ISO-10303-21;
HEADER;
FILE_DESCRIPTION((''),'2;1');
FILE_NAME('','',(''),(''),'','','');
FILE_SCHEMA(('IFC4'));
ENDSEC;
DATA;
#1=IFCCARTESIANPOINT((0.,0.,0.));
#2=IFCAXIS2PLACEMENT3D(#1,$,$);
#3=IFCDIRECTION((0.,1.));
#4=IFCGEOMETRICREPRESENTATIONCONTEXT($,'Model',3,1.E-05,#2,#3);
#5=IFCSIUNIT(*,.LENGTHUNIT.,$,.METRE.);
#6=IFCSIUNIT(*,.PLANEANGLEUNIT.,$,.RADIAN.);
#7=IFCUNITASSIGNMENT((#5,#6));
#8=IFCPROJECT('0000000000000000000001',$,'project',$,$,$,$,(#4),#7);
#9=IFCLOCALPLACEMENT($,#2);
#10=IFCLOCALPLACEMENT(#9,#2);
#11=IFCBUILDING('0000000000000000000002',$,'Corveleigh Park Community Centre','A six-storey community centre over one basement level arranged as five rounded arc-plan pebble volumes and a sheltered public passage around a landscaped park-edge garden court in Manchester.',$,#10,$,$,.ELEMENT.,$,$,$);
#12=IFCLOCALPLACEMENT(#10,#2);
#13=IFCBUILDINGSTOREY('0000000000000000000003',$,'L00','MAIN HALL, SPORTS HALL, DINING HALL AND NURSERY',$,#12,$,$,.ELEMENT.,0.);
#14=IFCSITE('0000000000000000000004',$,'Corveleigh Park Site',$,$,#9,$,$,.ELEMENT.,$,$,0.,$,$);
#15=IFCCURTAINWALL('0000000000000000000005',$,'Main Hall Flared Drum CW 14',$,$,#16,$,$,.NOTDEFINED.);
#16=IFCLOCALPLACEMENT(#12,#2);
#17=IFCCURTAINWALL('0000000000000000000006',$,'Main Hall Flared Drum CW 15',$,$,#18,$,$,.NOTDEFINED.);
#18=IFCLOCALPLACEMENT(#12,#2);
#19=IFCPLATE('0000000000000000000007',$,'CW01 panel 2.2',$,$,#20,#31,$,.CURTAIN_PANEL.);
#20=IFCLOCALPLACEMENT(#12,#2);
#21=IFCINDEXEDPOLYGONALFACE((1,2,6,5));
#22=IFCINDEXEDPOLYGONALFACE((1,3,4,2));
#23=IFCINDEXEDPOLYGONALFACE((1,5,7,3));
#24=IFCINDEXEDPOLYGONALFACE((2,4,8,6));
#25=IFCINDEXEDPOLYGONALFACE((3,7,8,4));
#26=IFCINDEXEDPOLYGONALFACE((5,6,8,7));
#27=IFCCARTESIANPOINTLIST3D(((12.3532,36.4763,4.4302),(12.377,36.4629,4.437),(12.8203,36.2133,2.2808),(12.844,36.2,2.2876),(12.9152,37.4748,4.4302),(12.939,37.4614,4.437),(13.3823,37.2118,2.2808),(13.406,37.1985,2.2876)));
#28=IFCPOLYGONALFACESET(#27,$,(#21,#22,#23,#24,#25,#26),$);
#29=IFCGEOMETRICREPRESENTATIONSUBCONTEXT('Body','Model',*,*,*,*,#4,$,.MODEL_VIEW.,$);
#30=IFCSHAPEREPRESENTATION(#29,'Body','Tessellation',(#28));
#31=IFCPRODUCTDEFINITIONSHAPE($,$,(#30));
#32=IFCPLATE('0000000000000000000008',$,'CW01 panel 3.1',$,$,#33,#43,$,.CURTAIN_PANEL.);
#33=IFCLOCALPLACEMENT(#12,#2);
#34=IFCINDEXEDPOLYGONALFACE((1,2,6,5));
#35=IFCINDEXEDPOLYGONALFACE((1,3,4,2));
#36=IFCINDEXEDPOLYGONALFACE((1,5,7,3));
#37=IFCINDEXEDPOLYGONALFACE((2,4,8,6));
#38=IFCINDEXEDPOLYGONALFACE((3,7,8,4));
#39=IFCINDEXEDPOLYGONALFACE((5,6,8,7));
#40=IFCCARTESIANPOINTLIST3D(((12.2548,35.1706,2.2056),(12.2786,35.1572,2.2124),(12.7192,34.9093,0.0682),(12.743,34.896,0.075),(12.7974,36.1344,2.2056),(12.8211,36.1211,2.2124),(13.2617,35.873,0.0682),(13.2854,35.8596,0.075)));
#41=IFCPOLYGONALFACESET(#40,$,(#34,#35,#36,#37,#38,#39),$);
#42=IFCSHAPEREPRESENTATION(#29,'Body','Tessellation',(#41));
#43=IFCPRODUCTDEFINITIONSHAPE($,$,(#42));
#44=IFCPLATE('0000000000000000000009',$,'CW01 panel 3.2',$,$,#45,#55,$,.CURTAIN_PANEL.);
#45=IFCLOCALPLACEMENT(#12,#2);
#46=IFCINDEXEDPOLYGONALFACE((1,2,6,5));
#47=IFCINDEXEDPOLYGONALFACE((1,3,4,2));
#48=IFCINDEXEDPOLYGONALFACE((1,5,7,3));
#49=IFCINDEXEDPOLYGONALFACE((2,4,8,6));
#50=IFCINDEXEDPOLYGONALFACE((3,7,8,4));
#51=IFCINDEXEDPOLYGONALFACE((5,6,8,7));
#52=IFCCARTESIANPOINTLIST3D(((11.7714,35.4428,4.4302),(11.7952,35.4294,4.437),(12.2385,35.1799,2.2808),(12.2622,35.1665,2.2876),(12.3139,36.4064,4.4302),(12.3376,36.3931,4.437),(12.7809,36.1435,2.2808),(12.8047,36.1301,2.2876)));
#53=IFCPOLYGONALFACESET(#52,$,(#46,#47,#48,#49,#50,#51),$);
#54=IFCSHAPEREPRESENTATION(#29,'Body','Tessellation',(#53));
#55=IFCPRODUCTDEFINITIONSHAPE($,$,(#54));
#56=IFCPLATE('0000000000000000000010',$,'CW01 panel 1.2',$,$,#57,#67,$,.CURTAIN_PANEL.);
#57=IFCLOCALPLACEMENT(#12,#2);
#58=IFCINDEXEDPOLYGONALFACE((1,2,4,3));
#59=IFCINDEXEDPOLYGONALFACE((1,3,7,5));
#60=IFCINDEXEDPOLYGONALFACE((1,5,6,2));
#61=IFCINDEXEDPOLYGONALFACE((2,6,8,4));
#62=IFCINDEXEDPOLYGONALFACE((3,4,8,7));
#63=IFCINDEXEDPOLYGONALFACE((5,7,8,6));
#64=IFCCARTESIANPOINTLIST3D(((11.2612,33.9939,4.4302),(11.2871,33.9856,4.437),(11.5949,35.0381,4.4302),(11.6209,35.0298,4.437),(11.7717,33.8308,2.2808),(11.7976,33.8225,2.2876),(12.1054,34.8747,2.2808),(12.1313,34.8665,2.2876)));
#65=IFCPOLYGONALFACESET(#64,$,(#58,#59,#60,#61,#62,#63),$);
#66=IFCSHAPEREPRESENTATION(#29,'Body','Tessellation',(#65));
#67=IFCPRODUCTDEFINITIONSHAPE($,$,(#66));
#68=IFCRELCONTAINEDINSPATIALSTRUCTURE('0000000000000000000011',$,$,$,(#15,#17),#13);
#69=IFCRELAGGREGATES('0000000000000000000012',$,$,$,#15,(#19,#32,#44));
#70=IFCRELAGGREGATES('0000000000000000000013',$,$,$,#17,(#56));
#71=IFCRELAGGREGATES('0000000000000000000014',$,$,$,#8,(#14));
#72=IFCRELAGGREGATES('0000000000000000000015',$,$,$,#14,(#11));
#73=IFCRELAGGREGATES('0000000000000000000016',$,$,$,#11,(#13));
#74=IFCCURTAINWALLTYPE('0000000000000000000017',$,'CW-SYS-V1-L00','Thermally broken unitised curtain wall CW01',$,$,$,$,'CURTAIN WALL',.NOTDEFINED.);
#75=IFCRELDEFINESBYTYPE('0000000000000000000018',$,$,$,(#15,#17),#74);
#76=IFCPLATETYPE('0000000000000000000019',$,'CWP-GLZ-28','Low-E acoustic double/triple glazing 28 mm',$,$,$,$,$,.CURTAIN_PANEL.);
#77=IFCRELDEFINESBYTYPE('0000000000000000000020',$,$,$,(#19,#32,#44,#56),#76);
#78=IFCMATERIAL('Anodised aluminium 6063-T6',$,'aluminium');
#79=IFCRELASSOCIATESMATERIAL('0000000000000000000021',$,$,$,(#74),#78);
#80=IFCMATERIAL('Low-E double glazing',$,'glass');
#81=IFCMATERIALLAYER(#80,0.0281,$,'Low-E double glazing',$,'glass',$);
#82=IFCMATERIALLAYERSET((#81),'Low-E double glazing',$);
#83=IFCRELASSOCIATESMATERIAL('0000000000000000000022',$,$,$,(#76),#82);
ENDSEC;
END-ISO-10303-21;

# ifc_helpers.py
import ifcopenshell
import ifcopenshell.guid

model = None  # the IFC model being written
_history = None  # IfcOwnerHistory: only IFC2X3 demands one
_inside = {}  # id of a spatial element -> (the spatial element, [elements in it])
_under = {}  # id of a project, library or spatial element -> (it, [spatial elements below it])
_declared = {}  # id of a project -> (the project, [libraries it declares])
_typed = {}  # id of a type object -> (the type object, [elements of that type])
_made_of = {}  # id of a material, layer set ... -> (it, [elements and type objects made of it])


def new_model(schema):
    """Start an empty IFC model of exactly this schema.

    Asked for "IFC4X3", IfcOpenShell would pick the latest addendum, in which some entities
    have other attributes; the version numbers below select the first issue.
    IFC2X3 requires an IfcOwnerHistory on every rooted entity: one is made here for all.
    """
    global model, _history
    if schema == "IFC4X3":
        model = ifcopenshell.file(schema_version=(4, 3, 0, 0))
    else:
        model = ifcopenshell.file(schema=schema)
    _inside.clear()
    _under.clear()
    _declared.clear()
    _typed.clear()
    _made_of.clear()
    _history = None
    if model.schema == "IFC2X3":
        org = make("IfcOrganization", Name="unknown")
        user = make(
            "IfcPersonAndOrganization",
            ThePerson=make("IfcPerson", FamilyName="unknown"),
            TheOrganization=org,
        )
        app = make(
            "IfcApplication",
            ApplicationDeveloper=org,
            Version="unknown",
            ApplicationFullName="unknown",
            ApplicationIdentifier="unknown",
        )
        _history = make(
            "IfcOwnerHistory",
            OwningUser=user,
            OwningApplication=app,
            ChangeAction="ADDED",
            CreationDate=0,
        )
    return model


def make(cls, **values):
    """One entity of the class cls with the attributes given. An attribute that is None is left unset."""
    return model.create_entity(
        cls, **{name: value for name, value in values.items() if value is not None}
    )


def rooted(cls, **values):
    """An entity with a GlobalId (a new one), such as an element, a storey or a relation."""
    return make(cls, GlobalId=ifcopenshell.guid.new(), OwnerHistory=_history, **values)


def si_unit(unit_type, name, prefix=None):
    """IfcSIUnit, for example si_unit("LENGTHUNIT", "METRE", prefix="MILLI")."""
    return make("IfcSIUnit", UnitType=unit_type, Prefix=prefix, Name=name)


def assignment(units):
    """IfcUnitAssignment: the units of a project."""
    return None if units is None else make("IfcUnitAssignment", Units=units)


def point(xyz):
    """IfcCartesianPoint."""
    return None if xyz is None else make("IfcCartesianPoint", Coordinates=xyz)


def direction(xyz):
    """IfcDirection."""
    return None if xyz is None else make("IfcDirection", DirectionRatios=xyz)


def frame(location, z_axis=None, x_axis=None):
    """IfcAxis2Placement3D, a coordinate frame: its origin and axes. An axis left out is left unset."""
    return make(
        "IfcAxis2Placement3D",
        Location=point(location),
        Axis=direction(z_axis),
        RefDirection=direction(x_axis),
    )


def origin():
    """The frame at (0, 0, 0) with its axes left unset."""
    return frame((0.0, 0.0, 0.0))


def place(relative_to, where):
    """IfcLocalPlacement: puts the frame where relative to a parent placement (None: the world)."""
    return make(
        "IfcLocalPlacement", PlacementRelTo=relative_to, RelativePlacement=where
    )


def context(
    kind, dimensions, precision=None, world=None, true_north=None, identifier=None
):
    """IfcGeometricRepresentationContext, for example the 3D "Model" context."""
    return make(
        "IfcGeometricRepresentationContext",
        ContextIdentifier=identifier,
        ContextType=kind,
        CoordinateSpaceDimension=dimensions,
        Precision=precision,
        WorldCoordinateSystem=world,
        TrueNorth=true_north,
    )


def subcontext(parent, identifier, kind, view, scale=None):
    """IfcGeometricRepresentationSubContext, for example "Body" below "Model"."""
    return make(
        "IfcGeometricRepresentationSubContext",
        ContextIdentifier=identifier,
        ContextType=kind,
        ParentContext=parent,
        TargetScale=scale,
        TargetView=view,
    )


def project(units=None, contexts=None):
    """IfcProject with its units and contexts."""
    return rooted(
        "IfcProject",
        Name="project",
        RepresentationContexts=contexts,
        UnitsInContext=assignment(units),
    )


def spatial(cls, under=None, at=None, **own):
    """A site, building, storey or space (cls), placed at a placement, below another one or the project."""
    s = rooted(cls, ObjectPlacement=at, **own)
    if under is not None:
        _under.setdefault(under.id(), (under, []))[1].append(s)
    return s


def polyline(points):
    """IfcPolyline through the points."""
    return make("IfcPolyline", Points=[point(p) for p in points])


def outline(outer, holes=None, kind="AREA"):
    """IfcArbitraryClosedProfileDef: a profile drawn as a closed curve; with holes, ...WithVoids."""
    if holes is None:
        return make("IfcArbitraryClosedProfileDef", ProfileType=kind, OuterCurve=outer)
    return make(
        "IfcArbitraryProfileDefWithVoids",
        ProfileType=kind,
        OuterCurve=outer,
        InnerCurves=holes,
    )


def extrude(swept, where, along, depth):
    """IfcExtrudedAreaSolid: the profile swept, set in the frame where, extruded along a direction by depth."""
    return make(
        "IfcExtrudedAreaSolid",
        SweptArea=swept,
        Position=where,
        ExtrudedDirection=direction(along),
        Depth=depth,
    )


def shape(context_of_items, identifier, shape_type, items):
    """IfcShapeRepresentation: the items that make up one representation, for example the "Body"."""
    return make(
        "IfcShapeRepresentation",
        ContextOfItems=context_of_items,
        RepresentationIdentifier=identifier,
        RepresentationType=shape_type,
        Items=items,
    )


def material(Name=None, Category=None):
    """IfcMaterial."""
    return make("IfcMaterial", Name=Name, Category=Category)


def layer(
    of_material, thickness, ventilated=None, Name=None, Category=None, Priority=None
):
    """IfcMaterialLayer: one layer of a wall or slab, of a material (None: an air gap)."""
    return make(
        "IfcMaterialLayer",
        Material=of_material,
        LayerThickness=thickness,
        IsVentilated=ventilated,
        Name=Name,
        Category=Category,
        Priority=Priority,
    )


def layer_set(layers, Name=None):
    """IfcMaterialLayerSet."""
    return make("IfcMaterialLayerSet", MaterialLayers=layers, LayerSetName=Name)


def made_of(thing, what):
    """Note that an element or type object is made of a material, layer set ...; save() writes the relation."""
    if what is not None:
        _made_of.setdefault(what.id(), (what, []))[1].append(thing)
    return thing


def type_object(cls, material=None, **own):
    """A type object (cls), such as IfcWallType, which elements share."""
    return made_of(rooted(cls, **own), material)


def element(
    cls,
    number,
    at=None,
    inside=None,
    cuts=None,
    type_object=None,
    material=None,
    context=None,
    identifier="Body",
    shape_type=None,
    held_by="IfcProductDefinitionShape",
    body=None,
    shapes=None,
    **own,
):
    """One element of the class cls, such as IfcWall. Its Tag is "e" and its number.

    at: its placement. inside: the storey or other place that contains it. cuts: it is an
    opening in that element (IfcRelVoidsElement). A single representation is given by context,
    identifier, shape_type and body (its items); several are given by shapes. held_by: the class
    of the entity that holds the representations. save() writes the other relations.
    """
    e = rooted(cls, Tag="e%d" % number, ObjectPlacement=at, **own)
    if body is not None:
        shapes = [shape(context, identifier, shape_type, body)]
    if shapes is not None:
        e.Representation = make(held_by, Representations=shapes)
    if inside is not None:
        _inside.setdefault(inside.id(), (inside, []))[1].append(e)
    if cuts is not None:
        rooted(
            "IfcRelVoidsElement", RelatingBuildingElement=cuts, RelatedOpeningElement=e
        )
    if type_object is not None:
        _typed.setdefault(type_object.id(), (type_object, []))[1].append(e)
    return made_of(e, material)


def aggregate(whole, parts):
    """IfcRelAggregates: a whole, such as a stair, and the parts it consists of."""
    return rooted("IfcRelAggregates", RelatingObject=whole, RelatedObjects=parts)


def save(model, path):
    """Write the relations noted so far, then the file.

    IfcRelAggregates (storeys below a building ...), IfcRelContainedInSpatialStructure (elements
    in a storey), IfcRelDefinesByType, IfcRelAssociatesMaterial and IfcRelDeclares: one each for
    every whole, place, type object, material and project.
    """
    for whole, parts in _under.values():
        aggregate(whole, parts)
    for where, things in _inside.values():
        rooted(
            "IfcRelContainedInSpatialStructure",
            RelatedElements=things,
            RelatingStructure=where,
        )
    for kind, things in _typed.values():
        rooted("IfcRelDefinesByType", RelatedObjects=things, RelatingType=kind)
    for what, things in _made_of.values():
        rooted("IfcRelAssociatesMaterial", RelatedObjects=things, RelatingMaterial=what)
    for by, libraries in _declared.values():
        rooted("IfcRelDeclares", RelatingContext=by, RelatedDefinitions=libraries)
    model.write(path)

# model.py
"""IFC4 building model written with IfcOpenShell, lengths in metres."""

from ifc_helpers import new_model, si_unit, direction, frame, origin, place, context, subcontext, project, spatial, polyline, outline, extrude, material, layer, layer_set, type_object, element, aggregate, save


model = new_model("IFC4")

# Units and contexts
model_context = context("Model", 3, precision=1e-05, world=origin(), true_north=direction((0.0, 1.0)))
body_context = subcontext(model_context, "Body", "Model", "MODEL_VIEW")
ifc_project = project(units=[si_unit("LENGTHUNIT", "METRE"), si_unit("PLANEANGLEUNIT", "RADIAN")], contexts=[model_context])

# Site, building, storey
site_placement = place(None, origin())
site = spatial("IfcSite", under=ifc_project, at=site_placement, Name="Corveleigh Park Site", CompositionType="ELEMENT", RefElevation=0.0)
building_placement = place(site_placement, origin())
building = spatial("IfcBuilding", under=site, at=building_placement, Name="Corveleigh Park Community Centre", Description="A six-storey community centre over one basement level arranged as five rounded arc-plan pebble volumes and a sheltered public passage around a landscaped park-edge garden court in Manchester.", CompositionType="ELEMENT")
storey_placement = place(building_placement, origin())
storey = spatial("IfcBuildingStorey", under=building, at=storey_placement, Name="L00", Description="MAIN HALL, SPORTS HALL, DINING HALL AND NURSERY", CompositionType="ELEMENT", Elevation=0.0)

# Curtain wall
ifc_material_1 = material(Name="Anodised aluminium 6063-T6", Category="aluminium")
curtain_wall_type = type_object("IfcCurtainWallType", Name="CW-SYS-V1-L00", Description="Thermally broken unitised curtain wall CW01", ElementType="CURTAIN WALL", PredefinedType="NOTDEFINED", material=ifc_material_1)
curtain_wall_1_placement = place(storey_placement, origin())
curtain_wall_1 = element("IfcCurtainWall", 1, at=curtain_wall_1_placement, inside=storey, type_object=curtain_wall_type, Name="Main Hall Flared Drum CW 14", PredefinedType="NOTDEFINED")

# Curtain wall
curtain_wall_2_placement = place(storey_placement, origin())
curtain_wall_2 = element("IfcCurtainWall", 2, at=curtain_wall_2_placement, inside=storey, type_object=curtain_wall_type, Name="Main Hall Flared Drum CW 15", PredefinedType="NOTDEFINED")

# Plates
ifc_material_2 = material(Name="Low-E double glazing", Category="glass")
ifc_layer = layer(ifc_material_2, 0.0281, Name="Low-E double glazing", Category="glass")
ifc_layer_set = layer_set([ifc_layer], Name="Low-E double glazing")
plate_type = type_object("IfcPlateType", Name="CWP-GLZ-28", Description="Low-E acoustic double/triple glazing 28 mm", PredefinedType="CURTAIN_PANEL", material=ifc_layer_set)
plate_1_placement = place(storey_placement, frame((13.406, 37.1985, 2.2876), z_axis=(0.845559, -0.475911, 0.241948), x_axis=(-0.490484, -0.87145, 0.0)))
plate_1 = element("IfcPlate", 3, at=plate_1_placement, type_object=plate_type, Name="CW01 panel 2.2", PredefinedType="CURTAIN_PANEL", context=body_context, shape_type="SweptSolid", body=[
    extrude(outline(polyline([(0.0, 0.0), (1.1458, 0.0), (1.1458, -2.2152), (-0.0001, -2.2152), (0.0, 0.0)])), origin(), (0.0, 0.0, -1.0), 0.0281),
])
plate_2_placement = place(storey_placement, frame((13.2854, 35.8596, 0.075), z_axis=(0.845553, -0.475951, 0.24189), x_axis=(-0.490521, -0.87143, 0.000013)))
plate_2 = element("IfcPlate", 4, at=plate_2_placement, type_object=plate_type, Name="CW01 panel 3.1", PredefinedType="CURTAIN_PANEL", context=body_context, shape_type="SweptSolid", body=[
    extrude(outline(polyline([(0.0, 0.0), (1.1058, 0.0), (1.106, -2.2029), (-0.0001, -2.2029), (0.0, 0.0)])), origin(), (0.0, 0.0, -1.0), 0.0281),
])
plate_3_placement = place(storey_placement, frame((12.8047, 36.1301, 2.2876), z_axis=(0.845514, -0.47599, 0.241948), x_axis=(-0.490565, -0.871404, 0.0)))
plate_3 = element("IfcPlate", 5, at=plate_3_placement, type_object=plate_type, Name="CW01 panel 3.2", PredefinedType="CURTAIN_PANEL", context=body_context, shape_type="SweptSolid", body=[
    extrude(outline(polyline([(0.0, 0.0), (1.1058, 0.0), (1.1058, -2.2152), (0.0, -2.2152), (0.0, 0.0)])), origin(), (0.0, 0.0, -1.0), 0.0281),
])
aggregate(curtain_wall_1, [plate_1, plate_2, plate_3])
plate_4_placement = place(storey_placement, frame((12.1313, 34.8665, 2.2876), z_axis=(0.924221, -0.295431, 0.24194), x_axis=(-0.304479, -0.952519, 0.000008)))
plate_4 = element("IfcPlate", 6, at=plate_4_placement, type_object=plate_type, Name="CW01 panel 1.2", PredefinedType="CURTAIN_PANEL", context=body_context, shape_type="SweptSolid", body=[
    extrude(outline(polyline([(0.0, 0.0), (1.096, 0.0), (1.0961, -2.2152), (-0.0001, -2.2152), (0.0, 0.0)])), origin(), (0.0, 0.0, -1.0), 0.0281),
])
aggregate(curtain_wall_2, [plate_4])

save(model, "model.ifc")
